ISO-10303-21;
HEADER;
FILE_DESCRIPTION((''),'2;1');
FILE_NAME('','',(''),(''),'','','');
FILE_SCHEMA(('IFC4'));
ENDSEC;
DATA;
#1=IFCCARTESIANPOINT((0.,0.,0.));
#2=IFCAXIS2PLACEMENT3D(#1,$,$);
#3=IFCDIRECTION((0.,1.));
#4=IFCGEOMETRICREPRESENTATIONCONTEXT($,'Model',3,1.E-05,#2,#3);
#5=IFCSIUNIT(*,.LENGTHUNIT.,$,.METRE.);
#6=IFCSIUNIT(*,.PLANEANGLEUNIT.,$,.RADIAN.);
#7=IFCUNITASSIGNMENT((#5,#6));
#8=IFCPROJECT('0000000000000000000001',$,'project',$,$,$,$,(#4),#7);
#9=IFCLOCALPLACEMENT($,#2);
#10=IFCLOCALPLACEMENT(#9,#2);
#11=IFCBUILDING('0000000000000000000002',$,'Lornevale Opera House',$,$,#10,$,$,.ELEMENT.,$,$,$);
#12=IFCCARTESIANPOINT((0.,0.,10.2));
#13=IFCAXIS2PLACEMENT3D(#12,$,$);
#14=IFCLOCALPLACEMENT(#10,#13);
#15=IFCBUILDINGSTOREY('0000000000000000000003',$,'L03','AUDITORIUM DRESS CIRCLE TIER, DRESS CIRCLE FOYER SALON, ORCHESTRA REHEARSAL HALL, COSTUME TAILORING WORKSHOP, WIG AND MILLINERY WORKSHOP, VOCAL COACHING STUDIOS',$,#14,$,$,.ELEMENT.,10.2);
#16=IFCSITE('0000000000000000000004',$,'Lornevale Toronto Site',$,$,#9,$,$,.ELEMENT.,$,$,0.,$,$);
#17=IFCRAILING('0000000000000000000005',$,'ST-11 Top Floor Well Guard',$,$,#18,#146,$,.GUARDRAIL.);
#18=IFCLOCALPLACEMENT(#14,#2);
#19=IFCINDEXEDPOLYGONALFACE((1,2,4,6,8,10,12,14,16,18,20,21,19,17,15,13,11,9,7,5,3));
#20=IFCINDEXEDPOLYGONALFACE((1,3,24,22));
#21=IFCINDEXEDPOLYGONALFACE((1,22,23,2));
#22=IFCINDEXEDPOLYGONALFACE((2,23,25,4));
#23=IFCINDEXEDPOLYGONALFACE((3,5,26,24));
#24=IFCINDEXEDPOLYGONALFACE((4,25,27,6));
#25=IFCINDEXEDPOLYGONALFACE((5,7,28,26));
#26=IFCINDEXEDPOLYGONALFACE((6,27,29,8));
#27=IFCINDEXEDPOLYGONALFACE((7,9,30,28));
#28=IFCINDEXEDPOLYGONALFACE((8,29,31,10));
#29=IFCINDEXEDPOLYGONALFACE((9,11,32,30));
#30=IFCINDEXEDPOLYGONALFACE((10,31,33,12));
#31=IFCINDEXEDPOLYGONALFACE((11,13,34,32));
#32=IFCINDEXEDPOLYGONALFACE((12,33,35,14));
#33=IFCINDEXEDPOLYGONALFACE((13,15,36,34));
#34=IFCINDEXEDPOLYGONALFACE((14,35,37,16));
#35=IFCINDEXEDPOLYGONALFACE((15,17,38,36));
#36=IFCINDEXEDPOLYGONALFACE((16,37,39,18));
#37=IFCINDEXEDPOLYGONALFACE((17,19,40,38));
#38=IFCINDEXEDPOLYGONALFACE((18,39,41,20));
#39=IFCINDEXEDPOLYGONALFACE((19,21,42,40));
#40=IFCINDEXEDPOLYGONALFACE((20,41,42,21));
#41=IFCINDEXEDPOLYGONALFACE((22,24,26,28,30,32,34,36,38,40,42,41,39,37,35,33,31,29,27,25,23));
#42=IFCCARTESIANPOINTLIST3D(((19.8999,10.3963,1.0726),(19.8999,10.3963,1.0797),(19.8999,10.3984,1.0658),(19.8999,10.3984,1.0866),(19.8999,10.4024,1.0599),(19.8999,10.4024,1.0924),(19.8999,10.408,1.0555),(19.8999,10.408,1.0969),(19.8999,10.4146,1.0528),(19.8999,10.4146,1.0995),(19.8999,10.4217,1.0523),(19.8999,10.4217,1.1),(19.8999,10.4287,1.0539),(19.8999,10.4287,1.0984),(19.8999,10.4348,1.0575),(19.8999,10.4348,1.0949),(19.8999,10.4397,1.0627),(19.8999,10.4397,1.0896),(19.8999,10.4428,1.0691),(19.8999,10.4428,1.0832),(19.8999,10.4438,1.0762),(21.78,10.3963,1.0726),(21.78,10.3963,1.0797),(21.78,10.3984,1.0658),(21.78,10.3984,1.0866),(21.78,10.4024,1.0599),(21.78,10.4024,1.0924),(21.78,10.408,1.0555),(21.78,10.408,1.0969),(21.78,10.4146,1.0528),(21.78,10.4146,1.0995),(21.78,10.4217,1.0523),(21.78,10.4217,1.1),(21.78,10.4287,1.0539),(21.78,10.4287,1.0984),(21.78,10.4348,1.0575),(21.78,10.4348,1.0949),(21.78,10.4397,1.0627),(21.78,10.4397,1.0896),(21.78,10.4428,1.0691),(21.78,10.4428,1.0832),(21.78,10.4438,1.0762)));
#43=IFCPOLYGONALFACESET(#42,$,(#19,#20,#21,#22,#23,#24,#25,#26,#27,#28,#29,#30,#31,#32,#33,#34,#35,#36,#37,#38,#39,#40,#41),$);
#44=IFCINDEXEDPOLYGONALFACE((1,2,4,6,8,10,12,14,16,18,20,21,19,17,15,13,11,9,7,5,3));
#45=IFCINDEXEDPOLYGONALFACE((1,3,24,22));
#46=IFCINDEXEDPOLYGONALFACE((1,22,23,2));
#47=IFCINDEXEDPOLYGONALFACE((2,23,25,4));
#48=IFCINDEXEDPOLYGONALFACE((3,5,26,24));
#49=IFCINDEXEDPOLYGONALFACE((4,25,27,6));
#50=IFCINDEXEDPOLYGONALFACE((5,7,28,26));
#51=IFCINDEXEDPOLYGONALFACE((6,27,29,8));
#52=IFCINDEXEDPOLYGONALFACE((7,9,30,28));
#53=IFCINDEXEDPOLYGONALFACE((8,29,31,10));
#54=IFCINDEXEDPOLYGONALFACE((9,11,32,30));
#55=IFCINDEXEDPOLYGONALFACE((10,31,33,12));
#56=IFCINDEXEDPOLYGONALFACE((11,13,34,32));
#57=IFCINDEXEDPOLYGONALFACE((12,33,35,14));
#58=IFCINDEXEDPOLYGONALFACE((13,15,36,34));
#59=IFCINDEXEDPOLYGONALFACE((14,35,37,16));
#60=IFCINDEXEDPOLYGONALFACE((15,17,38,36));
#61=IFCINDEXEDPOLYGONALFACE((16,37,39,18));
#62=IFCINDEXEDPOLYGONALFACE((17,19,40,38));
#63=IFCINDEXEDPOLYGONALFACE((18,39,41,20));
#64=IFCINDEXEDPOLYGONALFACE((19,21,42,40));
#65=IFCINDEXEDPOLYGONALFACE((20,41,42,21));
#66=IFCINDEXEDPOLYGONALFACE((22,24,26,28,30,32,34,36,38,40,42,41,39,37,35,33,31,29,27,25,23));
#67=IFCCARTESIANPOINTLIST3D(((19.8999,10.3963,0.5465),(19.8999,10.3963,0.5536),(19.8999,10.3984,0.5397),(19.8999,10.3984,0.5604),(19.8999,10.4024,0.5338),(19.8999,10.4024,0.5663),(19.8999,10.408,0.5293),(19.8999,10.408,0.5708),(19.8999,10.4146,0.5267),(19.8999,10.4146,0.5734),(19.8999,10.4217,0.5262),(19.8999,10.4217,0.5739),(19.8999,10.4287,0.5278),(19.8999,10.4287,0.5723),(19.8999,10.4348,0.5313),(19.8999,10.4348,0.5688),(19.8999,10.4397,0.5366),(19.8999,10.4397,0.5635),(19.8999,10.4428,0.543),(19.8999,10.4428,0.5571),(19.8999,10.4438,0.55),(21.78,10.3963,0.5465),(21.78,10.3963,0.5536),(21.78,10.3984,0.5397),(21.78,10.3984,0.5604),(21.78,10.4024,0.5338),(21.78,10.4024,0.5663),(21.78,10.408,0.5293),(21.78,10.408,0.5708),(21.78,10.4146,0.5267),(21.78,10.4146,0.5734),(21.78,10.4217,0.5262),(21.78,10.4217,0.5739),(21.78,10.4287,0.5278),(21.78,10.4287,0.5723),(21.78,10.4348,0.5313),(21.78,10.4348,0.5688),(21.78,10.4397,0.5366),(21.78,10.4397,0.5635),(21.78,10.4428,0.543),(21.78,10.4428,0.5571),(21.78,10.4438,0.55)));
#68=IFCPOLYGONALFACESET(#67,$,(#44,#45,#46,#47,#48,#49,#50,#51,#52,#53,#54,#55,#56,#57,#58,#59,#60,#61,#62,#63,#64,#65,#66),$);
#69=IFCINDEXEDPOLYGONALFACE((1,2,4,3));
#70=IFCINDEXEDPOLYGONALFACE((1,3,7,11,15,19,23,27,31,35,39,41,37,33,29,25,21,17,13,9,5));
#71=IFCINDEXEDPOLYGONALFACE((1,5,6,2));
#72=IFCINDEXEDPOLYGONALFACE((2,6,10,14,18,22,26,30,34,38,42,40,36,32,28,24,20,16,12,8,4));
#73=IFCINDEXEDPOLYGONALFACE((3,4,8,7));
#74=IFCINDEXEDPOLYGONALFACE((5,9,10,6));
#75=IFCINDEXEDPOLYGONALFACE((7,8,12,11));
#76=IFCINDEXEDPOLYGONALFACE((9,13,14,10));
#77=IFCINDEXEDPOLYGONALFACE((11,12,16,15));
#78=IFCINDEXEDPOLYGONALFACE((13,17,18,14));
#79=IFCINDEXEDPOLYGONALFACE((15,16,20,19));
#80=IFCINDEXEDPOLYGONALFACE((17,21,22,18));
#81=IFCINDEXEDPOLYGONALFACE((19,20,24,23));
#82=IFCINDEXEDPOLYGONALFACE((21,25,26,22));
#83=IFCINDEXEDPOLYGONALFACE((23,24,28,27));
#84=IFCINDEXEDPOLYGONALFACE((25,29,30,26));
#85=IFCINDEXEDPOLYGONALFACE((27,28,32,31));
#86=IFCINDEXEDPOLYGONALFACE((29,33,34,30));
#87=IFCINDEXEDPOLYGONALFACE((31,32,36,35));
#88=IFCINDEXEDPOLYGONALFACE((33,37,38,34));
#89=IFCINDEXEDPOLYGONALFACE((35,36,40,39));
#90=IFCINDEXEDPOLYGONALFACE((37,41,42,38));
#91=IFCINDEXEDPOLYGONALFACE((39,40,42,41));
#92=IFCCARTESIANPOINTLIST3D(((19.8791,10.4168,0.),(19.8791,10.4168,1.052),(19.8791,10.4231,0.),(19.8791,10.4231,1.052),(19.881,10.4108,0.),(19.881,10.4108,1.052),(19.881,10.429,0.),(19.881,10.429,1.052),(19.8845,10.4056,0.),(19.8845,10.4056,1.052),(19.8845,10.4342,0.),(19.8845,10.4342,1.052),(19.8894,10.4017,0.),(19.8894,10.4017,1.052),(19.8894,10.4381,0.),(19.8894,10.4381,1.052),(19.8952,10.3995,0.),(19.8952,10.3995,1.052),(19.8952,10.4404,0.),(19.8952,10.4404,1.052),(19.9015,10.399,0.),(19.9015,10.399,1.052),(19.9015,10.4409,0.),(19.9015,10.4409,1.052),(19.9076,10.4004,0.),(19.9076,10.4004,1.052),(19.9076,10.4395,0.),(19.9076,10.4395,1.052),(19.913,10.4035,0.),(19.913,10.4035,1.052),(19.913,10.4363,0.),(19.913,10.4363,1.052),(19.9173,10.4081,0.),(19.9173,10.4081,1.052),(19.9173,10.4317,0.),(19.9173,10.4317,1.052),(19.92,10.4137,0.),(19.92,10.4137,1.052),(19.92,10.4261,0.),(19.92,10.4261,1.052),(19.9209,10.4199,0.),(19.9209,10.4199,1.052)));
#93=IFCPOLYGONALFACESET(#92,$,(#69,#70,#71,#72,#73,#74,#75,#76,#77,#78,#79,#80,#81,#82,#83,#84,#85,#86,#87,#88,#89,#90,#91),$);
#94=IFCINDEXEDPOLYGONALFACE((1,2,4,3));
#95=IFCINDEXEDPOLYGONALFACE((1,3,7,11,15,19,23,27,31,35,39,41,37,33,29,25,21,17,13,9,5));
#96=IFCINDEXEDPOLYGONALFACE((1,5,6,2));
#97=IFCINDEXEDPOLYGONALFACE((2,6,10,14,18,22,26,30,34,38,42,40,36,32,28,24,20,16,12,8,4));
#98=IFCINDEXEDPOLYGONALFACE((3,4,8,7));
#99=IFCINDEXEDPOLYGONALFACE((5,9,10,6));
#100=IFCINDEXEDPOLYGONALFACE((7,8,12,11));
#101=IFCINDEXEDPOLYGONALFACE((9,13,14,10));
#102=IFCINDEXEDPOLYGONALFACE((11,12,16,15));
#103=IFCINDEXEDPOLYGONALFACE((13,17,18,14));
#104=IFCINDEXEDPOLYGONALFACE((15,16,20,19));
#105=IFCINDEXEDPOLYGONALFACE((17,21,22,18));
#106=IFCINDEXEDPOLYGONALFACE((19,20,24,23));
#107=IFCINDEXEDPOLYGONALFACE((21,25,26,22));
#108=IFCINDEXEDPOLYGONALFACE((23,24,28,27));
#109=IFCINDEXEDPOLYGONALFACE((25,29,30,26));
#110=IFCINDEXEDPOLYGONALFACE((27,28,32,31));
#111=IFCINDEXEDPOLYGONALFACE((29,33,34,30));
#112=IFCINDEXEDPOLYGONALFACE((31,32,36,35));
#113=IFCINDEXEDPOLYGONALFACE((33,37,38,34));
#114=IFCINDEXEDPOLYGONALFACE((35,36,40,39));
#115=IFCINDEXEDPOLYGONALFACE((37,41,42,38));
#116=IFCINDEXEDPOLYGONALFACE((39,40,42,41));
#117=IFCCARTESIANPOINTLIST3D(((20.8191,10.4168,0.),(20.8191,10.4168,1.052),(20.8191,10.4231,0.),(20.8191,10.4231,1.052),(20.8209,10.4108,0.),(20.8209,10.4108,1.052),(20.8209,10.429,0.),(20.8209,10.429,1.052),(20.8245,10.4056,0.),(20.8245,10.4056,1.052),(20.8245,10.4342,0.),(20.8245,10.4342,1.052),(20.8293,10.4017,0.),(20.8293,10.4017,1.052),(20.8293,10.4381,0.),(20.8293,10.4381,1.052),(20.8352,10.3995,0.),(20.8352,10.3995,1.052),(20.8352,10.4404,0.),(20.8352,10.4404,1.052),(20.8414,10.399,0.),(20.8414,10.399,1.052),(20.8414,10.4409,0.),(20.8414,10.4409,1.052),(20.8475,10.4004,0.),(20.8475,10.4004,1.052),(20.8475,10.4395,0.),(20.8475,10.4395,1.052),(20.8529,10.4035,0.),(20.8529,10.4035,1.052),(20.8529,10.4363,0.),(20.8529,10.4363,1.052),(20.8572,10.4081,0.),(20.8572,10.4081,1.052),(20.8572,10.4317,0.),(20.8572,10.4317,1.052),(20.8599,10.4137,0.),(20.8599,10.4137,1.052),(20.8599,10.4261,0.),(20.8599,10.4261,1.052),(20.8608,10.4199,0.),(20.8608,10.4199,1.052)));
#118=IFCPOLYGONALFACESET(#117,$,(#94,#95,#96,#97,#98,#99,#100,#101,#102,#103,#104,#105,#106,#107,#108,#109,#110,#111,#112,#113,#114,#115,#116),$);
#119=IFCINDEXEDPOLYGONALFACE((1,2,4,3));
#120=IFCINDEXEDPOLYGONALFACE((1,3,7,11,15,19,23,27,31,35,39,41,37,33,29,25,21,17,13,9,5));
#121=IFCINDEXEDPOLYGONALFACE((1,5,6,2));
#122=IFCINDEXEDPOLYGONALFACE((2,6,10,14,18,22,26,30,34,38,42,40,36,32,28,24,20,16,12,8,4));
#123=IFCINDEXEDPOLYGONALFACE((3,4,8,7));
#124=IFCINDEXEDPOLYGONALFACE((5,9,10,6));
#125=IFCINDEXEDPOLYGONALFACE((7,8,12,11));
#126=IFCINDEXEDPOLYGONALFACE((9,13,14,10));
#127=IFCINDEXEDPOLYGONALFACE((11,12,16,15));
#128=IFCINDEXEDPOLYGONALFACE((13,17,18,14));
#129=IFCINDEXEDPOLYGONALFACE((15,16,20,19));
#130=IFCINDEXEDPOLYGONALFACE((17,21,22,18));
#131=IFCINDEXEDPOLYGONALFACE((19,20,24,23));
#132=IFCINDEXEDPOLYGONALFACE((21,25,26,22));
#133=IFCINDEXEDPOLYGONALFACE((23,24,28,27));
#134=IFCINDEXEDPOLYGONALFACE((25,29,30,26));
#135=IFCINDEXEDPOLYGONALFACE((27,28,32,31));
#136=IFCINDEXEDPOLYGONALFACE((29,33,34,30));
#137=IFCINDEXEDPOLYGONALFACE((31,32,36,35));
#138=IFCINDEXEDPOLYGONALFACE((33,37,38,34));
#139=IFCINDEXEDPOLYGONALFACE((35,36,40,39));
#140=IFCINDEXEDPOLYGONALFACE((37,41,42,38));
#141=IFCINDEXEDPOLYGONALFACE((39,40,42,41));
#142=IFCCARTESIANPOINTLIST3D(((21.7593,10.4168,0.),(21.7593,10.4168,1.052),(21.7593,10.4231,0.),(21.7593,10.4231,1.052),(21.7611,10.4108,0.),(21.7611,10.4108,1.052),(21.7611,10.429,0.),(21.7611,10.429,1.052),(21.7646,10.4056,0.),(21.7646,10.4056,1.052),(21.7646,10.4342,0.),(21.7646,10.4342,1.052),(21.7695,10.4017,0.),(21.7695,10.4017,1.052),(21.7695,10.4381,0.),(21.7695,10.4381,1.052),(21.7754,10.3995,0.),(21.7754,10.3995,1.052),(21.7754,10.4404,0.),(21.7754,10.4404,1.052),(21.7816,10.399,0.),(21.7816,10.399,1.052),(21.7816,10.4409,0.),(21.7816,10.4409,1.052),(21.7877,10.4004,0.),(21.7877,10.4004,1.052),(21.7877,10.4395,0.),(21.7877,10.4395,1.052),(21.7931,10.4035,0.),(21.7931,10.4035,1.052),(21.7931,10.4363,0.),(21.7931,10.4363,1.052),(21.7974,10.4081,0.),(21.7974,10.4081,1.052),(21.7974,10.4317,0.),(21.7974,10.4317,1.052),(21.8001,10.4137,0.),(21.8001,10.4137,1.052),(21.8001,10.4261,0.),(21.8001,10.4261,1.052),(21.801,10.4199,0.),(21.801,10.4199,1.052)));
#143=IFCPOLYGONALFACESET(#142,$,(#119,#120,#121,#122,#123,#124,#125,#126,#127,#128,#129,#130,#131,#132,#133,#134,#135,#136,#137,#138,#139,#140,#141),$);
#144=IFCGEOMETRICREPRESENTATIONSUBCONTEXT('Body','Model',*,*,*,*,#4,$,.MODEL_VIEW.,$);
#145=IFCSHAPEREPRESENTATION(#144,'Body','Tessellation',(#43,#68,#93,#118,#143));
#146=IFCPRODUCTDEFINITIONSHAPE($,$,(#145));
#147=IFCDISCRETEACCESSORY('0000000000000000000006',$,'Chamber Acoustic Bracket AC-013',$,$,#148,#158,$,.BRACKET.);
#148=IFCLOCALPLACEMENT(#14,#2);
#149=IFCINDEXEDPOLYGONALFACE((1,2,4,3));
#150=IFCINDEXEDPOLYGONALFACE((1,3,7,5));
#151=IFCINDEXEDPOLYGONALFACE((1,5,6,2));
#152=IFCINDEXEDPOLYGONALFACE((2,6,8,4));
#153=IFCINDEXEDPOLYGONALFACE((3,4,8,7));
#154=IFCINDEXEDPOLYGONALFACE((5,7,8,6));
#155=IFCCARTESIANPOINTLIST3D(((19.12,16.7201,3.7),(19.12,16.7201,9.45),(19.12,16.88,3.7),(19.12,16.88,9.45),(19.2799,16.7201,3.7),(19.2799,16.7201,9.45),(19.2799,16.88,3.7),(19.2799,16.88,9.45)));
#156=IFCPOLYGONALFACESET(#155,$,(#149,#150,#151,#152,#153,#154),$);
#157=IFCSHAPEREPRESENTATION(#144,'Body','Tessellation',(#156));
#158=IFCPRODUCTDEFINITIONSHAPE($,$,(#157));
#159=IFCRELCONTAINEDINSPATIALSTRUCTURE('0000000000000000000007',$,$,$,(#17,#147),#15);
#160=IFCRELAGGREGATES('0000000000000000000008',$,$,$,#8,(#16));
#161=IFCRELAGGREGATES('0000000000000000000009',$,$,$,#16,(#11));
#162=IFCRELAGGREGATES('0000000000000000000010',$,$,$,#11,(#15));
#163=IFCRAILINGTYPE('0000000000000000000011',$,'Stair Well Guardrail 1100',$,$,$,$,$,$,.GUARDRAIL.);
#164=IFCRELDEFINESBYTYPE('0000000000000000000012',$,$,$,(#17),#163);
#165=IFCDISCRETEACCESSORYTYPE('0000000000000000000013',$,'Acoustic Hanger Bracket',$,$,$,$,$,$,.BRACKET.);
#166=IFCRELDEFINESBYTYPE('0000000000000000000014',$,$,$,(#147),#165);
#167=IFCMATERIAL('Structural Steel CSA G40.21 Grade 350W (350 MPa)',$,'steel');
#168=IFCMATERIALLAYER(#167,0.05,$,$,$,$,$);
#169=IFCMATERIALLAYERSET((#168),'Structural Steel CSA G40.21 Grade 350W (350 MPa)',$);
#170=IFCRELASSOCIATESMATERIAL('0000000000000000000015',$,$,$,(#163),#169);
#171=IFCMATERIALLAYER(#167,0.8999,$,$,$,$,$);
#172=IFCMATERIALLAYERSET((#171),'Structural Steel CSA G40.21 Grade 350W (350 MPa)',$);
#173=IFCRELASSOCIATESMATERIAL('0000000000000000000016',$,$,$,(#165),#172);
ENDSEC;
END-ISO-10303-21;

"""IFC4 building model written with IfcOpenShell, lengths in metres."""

from ifc_helpers import new_model, si_unit, direction, frame, origin, origin_2d, place, context, subcontext, project, spatial, rectangle, circle, extrude, material, layer, layer_set, type_object, element, save


model = new_model("IFC4")

# Units and contexts
model_context = context("Model", 3, precision=1e-05, world=origin(), true_north=direction((0.0, 1.0)))
body_context = subcontext(model_context, "Body", "Model", "MODEL_VIEW")
ifc_project = project(units=[si_unit("LENGTHUNIT", "METRE"), si_unit("PLANEANGLEUNIT", "RADIAN")], contexts=[model_context])

# Site, building, storey
site_placement = place(None, origin())
site = spatial("IfcSite", under=ifc_project, at=site_placement, Name="Lornevale Toronto Site", CompositionType="ELEMENT", RefElevation=0.0)
building_placement = place(site_placement, origin())
building = spatial("IfcBuilding", under=site, at=building_placement, Name="Lornevale Opera House", CompositionType="ELEMENT")
storey_placement = place(building_placement, frame((0.0, 0.0, 10.2)))
storey = spatial("IfcBuildingStorey", under=building, at=storey_placement, Name="L03", Description="AUDITORIUM DRESS CIRCLE TIER, DRESS CIRCLE FOYER SALON, ORCHESTRA REHEARSAL HALL, COSTUME TAILORING WORKSHOP, WIG AND MILLINERY WORKSHOP, VOCAL COACHING STUDIOS", CompositionType="ELEMENT", Elevation=10.2)

# Shared definitions
ifc_material_1 = material(Name="Structural Steel CSA G40.21 Grade 350W (350 MPa)", Category="steel")

# Railing
ifc_layer_1 = layer(ifc_material_1, 0.05)
ifc_layer_set_1 = layer_set([ifc_layer_1], Name="Structural Steel CSA G40.21 Grade 350W (350 MPa)")
railing_type = type_object("IfcRailingType", Name="Stair Well Guardrail 1100", PredefinedType="GUARDRAIL", material=ifc_layer_set_1)
railing_placement = place(storey_placement, frame((19.8999, 10.4199, 0.0)))
element("IfcRailing", 1, at=railing_placement, inside=storey, type_object=railing_type, Name="ST-11 Top Floor Well Guard", PredefinedType="GUARDRAIL", context=body_context, shape_type="SweptSolid", body=[
    extrude(circle(Radius=0.0239, at=origin_2d()), frame((0.0, 0.0, 1.0762), z_axis=(1.0, 0.0, 0.0), x_axis=(0.0, 1.0, 0.0)), (0.0, 0.0, 1.0), 1.8801),
    extrude(circle(Radius=0.0239, at=origin_2d()), frame((0.0, 0.0, 0.55), z_axis=(1.0, 0.0, 0.0), x_axis=(0.0, 1.0, 0.0)), (0.0, 0.0, 1.0), 1.8801),
    extrude(circle(Radius=0.021, at=origin_2d()), origin(), (0.0, 0.0, 1.0), 1.052),
    extrude(circle(Radius=0.021, at=origin_2d()), frame((0.9399, 0.0, 0.0)), (0.0, 0.0, 1.0), 1.052),
    extrude(circle(Radius=0.021, at=origin_2d()), frame((1.8801, 0.0, 0.0)), (0.0, 0.0, 1.0), 1.052),
])

# Discrete accessory
ifc_layer_2 = layer(ifc_material_1, 0.8999)
ifc_layer_set_2 = layer_set([ifc_layer_2], Name="Structural Steel CSA G40.21 Grade 350W (350 MPa)")
discrete_accessory_type = type_object("IfcDiscreteAccessoryType", Name="Acoustic Hanger Bracket", PredefinedType="BRACKET", material=ifc_layer_set_2)
discrete_accessory_placement = place(storey_placement, frame((19.2, 16.8, 3.7), z_axis=(0.0, 0.0, 1.0), x_axis=(1.0, 0.0, 0.0)))
element("IfcDiscreteAccessory", 2, at=discrete_accessory_placement, inside=storey, type_object=discrete_accessory_type, Name="Chamber Acoustic Bracket AC-013", PredefinedType="BRACKET", context=body_context, shape_type="SweptSolid", body=[
    extrude(rectangle(XDim=0.1599, YDim=0.1599, at=origin_2d()), origin(), (0.0, 0.0, 1.0), 5.75),
])

save(model, "model.ifc")
